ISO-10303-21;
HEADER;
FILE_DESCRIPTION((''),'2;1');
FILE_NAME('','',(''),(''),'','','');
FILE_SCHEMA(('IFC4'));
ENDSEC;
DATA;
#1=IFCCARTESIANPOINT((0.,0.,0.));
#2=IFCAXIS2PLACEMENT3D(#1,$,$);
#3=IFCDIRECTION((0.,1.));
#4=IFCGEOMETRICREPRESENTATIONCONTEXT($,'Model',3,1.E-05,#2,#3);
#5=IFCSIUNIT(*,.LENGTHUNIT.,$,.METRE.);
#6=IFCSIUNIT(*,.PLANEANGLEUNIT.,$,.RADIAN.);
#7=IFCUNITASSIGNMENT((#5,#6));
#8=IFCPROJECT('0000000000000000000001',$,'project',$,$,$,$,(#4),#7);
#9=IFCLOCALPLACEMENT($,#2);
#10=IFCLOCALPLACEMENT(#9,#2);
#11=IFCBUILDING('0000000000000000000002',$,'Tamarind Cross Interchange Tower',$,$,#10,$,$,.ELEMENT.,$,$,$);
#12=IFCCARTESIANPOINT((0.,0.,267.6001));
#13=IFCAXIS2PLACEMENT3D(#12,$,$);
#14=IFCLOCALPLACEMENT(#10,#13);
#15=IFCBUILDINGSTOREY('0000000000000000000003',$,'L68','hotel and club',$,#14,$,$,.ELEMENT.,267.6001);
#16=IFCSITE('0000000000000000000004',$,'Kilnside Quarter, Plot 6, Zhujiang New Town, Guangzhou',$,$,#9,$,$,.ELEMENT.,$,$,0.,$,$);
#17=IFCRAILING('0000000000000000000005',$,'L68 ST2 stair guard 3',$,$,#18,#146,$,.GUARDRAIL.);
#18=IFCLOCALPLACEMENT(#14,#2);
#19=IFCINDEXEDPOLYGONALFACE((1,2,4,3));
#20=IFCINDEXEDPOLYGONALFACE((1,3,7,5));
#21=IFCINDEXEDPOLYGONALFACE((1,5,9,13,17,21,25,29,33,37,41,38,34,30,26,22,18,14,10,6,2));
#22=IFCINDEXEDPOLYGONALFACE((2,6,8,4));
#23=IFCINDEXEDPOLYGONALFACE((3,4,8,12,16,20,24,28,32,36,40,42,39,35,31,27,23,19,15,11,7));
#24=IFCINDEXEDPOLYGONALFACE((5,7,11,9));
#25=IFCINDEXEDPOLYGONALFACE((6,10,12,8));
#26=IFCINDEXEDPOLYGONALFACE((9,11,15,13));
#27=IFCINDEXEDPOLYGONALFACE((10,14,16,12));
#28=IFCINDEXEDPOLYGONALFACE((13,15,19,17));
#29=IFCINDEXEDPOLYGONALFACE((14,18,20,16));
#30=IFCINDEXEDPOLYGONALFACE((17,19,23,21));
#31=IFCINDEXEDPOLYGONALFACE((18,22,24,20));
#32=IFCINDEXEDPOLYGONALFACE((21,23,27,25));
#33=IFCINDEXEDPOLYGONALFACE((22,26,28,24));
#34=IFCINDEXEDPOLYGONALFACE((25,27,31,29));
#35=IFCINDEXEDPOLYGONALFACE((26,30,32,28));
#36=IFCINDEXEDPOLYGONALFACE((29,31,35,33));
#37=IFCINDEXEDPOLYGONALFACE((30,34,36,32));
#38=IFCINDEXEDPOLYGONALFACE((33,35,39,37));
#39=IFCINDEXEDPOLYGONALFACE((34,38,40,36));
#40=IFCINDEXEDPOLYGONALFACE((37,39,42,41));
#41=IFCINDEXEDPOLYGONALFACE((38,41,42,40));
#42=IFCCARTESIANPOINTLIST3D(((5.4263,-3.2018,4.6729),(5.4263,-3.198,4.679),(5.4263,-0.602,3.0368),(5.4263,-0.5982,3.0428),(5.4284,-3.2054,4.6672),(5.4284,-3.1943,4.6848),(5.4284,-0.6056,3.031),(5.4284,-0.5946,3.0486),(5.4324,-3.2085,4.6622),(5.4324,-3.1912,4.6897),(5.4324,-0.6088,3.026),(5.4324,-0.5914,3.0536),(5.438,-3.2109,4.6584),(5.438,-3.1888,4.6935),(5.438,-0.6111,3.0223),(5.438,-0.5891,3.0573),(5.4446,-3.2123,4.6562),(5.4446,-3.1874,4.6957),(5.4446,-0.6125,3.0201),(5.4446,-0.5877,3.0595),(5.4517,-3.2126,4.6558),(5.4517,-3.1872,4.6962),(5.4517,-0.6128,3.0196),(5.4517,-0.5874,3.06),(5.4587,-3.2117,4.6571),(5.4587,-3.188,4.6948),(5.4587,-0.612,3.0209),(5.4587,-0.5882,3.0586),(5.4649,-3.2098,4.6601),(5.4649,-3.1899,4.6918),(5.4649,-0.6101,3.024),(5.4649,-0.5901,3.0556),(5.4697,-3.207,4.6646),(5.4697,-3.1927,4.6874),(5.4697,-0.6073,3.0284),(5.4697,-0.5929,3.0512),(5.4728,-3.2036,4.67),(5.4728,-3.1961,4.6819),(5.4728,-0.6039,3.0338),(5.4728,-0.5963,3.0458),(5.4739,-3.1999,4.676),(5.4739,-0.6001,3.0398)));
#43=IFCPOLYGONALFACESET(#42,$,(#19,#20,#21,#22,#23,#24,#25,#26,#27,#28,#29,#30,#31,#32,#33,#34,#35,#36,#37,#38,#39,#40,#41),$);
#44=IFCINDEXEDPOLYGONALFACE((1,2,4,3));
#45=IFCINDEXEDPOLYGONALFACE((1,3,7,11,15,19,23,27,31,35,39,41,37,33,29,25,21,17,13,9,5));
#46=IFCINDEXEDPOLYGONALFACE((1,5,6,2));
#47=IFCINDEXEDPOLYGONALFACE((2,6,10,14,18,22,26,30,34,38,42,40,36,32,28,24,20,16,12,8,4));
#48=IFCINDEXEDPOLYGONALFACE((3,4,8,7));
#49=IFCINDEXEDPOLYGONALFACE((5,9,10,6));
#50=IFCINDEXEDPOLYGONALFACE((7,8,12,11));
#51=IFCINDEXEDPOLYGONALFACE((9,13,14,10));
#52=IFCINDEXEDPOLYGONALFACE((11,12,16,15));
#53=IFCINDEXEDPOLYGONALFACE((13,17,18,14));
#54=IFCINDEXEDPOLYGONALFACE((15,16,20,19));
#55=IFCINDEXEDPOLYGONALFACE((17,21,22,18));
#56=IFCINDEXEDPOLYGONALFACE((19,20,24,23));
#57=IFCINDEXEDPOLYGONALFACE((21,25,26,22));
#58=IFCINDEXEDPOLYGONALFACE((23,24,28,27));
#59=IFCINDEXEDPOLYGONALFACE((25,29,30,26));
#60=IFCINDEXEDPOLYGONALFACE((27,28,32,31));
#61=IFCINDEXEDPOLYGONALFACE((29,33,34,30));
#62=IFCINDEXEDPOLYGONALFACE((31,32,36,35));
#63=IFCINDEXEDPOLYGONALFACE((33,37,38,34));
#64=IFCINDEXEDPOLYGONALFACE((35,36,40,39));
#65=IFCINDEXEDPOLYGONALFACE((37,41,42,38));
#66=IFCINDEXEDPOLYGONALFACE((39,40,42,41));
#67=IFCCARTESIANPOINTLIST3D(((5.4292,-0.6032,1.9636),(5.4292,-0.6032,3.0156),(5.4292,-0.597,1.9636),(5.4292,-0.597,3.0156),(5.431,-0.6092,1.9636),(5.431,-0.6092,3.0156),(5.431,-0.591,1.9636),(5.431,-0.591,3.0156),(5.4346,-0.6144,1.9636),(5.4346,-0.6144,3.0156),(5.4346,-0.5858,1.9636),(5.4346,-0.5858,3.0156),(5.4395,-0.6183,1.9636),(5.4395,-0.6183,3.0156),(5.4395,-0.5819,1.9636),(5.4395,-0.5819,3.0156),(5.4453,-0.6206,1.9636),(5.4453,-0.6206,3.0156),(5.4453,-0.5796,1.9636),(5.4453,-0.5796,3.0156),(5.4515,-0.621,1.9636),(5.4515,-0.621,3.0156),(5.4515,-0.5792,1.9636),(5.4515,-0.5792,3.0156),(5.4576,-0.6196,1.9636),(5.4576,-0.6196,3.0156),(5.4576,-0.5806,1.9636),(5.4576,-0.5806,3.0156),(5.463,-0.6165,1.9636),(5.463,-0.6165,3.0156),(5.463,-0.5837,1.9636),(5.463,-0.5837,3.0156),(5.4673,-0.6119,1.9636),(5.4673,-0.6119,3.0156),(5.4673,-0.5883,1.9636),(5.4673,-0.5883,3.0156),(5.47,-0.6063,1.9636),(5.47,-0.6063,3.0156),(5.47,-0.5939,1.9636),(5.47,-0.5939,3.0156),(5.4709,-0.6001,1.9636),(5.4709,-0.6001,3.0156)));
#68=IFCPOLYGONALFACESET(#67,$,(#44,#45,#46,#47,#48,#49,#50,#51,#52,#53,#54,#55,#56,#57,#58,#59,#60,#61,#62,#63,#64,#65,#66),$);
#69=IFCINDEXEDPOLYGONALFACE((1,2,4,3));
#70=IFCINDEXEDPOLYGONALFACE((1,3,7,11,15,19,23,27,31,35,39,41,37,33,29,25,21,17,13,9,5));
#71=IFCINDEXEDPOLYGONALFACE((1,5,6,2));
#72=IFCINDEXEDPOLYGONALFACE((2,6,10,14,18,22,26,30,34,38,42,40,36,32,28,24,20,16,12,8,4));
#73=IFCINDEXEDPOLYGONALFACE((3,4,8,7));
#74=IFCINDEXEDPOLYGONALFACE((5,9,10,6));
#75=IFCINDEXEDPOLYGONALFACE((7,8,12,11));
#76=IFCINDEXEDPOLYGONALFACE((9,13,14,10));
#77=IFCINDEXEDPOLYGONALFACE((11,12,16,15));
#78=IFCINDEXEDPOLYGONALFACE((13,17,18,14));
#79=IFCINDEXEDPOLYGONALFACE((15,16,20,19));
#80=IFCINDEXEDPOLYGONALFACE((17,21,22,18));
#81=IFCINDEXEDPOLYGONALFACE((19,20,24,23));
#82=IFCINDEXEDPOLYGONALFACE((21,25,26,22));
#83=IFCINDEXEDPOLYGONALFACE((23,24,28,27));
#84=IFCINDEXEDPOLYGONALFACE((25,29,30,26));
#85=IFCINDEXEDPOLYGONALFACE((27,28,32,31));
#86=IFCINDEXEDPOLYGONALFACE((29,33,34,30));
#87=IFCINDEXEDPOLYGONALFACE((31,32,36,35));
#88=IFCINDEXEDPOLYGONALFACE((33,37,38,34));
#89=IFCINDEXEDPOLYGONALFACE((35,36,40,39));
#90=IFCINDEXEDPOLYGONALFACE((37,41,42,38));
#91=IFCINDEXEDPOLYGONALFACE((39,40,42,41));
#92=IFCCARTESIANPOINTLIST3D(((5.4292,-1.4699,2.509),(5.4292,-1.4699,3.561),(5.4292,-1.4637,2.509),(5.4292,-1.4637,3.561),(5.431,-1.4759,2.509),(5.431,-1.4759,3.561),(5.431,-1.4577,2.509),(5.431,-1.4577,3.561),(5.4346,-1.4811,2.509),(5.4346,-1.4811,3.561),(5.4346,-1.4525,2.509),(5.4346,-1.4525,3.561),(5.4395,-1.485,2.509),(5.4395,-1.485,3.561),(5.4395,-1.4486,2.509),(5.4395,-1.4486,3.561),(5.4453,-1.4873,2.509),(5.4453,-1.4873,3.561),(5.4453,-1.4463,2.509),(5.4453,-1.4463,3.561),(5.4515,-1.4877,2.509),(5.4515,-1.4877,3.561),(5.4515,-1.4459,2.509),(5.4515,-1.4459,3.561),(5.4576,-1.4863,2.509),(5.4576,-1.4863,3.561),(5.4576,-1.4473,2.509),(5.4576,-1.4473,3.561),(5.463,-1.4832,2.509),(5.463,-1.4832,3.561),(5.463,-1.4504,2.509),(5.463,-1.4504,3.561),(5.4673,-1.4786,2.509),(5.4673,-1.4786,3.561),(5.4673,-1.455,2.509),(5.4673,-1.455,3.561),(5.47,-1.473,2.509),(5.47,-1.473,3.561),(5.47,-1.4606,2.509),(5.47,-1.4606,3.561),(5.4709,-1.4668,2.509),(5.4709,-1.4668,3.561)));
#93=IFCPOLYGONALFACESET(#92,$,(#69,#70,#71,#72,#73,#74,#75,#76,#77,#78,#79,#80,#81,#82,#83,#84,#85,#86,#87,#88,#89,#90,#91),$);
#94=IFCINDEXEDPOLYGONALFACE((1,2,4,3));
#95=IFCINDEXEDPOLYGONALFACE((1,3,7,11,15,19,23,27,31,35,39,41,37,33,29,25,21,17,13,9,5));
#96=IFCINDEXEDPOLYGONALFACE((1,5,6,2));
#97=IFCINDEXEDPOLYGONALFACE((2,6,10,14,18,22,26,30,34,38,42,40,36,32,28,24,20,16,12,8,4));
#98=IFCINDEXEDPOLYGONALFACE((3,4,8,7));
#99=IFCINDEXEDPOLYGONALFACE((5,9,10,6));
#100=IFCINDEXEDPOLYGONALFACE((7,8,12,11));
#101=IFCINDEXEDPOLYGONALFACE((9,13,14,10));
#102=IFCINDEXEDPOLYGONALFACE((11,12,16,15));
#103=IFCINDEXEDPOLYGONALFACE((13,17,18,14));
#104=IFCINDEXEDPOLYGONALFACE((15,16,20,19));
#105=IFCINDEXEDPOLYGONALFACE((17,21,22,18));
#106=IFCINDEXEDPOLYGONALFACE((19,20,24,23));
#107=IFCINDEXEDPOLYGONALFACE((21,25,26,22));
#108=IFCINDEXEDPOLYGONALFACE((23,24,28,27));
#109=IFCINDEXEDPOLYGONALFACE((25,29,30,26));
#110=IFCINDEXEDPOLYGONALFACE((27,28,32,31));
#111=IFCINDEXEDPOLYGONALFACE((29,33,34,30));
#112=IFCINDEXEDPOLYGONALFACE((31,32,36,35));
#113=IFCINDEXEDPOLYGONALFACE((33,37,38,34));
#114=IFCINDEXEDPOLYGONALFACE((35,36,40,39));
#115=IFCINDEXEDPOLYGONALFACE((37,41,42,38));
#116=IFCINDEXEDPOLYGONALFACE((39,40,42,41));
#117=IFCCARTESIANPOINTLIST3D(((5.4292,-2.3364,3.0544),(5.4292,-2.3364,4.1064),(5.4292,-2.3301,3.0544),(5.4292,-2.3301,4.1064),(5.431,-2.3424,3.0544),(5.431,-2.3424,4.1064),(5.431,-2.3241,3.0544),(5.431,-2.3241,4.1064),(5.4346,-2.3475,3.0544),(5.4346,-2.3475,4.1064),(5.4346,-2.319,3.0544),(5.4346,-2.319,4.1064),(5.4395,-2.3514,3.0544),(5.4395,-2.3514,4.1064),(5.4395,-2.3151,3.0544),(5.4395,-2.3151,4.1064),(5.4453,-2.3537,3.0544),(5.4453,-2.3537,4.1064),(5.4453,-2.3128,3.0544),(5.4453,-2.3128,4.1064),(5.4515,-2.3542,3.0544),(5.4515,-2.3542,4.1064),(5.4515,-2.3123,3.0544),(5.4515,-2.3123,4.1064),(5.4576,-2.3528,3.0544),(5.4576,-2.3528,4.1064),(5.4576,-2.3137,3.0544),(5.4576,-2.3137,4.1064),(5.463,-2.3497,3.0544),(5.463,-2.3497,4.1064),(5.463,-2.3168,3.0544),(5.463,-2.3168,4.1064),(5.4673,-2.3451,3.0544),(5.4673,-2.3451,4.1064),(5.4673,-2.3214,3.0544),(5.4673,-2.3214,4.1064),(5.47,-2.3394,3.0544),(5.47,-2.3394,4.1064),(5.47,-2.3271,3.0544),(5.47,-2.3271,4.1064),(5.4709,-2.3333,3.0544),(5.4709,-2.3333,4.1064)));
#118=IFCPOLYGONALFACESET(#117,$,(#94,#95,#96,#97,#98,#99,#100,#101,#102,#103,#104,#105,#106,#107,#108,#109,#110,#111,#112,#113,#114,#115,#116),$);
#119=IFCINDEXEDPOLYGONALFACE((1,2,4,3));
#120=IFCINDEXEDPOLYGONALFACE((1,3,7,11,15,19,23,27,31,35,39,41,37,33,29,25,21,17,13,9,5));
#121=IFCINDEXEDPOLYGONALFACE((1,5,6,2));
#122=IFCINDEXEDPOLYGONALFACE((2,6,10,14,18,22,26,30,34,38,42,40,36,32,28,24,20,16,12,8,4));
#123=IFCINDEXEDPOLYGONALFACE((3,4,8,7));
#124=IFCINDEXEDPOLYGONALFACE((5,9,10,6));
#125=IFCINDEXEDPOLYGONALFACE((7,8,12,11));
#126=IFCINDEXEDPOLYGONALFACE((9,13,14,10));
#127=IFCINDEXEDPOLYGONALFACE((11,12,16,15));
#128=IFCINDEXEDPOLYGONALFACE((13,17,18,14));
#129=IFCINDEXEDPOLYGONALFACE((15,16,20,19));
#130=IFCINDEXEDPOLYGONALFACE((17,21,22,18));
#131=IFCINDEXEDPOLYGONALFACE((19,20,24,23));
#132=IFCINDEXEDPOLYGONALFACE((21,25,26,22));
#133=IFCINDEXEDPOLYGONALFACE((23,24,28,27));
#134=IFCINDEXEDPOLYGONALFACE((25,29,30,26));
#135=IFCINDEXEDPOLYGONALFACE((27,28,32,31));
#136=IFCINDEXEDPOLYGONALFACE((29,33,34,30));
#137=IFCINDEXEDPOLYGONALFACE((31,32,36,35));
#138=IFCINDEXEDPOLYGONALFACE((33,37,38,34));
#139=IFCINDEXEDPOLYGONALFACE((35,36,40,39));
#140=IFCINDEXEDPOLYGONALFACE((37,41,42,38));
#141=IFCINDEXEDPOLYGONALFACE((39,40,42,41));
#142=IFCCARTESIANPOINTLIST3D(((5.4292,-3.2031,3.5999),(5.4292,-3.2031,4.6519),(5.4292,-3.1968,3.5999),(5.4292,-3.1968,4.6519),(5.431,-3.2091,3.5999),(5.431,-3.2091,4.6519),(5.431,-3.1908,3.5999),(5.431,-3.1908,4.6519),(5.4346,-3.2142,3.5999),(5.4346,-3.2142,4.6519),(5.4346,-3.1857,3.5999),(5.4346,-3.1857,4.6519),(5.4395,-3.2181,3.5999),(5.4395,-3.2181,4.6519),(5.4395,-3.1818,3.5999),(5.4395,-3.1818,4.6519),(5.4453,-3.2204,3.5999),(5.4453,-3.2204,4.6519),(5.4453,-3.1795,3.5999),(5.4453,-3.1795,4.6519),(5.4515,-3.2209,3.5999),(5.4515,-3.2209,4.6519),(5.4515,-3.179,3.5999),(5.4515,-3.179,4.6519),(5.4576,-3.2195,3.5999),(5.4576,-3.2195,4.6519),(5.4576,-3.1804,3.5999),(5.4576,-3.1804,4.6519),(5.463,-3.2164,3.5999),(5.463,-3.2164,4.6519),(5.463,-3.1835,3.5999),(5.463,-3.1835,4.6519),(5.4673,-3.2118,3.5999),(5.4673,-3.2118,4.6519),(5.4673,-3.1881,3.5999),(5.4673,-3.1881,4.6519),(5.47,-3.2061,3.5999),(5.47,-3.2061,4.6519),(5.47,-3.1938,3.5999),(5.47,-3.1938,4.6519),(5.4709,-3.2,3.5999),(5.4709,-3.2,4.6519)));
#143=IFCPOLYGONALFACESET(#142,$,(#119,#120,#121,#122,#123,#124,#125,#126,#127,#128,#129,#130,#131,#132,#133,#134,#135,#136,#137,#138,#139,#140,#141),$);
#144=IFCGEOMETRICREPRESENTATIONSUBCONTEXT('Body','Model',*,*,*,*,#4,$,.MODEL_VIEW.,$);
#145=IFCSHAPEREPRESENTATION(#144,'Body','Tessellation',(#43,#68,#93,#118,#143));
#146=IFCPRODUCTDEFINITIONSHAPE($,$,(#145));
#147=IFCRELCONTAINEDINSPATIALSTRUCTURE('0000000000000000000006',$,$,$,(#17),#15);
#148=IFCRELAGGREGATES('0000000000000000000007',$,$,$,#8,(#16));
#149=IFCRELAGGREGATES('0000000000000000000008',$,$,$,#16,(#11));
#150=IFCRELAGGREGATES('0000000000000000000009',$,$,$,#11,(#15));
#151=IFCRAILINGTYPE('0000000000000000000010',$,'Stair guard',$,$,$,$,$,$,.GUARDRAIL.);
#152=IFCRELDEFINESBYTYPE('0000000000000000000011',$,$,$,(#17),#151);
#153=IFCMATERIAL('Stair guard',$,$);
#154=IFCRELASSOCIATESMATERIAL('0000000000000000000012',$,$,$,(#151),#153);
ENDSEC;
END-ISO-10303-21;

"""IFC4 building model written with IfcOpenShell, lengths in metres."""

from ifc_helpers import new_model, si_unit, direction, frame, origin, origin_2d, place, context, subcontext, project, spatial, circle, extrude, material, type_object, element, save


model = new_model("IFC4")

# Units and contexts
model_context = context("Model", 3, precision=1e-05, world=origin(), true_north=direction((0.0, 1.0)))
body_context = subcontext(model_context, "Body", "Model", "MODEL_VIEW")
ifc_project = project(units=[si_unit("LENGTHUNIT", "METRE"), si_unit("PLANEANGLEUNIT", "RADIAN")], contexts=[model_context])

# Site, building, storey
site_placement = place(None, origin())
site = spatial("IfcSite", under=ifc_project, at=site_placement, Name="Kilnside Quarter, Plot 6, Zhujiang New Town, Guangzhou", CompositionType="ELEMENT", RefElevation=0.0)
building_placement = place(site_placement, origin())
building = spatial("IfcBuilding", under=site, at=building_placement, Name="Tamarind Cross Interchange Tower", CompositionType="ELEMENT")
storey_placement = place(building_placement, frame((0.0, 0.0, 267.6001)))
storey = spatial("IfcBuildingStorey", under=building, at=storey_placement, Name="L68", Description="hotel and club", CompositionType="ELEMENT", Elevation=267.6001)

# Railing
ifc_material_1 = material(Name="Stair guard")
railing_type_1 = type_object("IfcRailingType", Name="Stair guard", PredefinedType="GUARDRAIL", material=ifc_material_1)
railing_1_placement = place(storey_placement, frame((5.45, -0.6001, 1.9636)))
element("IfcRailing", 1, at=railing_1_placement, inside=storey, type_object=railing_type_1, Name="L68 ST2 stair guard 3", PredefinedType="GUARDRAIL", context=body_context, shape_type="SweptSolid", body=[
    extrude(circle(Radius=0.0239, at=origin_2d()), frame((0.0, 0.0, 1.0762), z_axis=(0.0, -0.846338, 0.532647), x_axis=(1.0, 0.0, 0.0)), (0.0, 0.0, 1.0), 3.0718),
    extrude(circle(Radius=0.021, at=origin_2d()), origin(), (0.0, 0.0, 1.0), 1.052),
    extrude(circle(Radius=0.021, at=origin_2d()), frame((0.0, -0.8667, 0.5454)), (0.0, 0.0, 1.0), 1.052),
    extrude(circle(Radius=0.021, at=origin_2d()), frame((0.0, -1.7332, 1.0908)), (0.0, 0.0, 1.0), 1.052),
    extrude(circle(Radius=0.021, at=origin_2d()), frame((0.0, -2.5999, 1.6362)), (0.0, 0.0, 1.0), 1.052),
])

save(model, "model.ifc")
